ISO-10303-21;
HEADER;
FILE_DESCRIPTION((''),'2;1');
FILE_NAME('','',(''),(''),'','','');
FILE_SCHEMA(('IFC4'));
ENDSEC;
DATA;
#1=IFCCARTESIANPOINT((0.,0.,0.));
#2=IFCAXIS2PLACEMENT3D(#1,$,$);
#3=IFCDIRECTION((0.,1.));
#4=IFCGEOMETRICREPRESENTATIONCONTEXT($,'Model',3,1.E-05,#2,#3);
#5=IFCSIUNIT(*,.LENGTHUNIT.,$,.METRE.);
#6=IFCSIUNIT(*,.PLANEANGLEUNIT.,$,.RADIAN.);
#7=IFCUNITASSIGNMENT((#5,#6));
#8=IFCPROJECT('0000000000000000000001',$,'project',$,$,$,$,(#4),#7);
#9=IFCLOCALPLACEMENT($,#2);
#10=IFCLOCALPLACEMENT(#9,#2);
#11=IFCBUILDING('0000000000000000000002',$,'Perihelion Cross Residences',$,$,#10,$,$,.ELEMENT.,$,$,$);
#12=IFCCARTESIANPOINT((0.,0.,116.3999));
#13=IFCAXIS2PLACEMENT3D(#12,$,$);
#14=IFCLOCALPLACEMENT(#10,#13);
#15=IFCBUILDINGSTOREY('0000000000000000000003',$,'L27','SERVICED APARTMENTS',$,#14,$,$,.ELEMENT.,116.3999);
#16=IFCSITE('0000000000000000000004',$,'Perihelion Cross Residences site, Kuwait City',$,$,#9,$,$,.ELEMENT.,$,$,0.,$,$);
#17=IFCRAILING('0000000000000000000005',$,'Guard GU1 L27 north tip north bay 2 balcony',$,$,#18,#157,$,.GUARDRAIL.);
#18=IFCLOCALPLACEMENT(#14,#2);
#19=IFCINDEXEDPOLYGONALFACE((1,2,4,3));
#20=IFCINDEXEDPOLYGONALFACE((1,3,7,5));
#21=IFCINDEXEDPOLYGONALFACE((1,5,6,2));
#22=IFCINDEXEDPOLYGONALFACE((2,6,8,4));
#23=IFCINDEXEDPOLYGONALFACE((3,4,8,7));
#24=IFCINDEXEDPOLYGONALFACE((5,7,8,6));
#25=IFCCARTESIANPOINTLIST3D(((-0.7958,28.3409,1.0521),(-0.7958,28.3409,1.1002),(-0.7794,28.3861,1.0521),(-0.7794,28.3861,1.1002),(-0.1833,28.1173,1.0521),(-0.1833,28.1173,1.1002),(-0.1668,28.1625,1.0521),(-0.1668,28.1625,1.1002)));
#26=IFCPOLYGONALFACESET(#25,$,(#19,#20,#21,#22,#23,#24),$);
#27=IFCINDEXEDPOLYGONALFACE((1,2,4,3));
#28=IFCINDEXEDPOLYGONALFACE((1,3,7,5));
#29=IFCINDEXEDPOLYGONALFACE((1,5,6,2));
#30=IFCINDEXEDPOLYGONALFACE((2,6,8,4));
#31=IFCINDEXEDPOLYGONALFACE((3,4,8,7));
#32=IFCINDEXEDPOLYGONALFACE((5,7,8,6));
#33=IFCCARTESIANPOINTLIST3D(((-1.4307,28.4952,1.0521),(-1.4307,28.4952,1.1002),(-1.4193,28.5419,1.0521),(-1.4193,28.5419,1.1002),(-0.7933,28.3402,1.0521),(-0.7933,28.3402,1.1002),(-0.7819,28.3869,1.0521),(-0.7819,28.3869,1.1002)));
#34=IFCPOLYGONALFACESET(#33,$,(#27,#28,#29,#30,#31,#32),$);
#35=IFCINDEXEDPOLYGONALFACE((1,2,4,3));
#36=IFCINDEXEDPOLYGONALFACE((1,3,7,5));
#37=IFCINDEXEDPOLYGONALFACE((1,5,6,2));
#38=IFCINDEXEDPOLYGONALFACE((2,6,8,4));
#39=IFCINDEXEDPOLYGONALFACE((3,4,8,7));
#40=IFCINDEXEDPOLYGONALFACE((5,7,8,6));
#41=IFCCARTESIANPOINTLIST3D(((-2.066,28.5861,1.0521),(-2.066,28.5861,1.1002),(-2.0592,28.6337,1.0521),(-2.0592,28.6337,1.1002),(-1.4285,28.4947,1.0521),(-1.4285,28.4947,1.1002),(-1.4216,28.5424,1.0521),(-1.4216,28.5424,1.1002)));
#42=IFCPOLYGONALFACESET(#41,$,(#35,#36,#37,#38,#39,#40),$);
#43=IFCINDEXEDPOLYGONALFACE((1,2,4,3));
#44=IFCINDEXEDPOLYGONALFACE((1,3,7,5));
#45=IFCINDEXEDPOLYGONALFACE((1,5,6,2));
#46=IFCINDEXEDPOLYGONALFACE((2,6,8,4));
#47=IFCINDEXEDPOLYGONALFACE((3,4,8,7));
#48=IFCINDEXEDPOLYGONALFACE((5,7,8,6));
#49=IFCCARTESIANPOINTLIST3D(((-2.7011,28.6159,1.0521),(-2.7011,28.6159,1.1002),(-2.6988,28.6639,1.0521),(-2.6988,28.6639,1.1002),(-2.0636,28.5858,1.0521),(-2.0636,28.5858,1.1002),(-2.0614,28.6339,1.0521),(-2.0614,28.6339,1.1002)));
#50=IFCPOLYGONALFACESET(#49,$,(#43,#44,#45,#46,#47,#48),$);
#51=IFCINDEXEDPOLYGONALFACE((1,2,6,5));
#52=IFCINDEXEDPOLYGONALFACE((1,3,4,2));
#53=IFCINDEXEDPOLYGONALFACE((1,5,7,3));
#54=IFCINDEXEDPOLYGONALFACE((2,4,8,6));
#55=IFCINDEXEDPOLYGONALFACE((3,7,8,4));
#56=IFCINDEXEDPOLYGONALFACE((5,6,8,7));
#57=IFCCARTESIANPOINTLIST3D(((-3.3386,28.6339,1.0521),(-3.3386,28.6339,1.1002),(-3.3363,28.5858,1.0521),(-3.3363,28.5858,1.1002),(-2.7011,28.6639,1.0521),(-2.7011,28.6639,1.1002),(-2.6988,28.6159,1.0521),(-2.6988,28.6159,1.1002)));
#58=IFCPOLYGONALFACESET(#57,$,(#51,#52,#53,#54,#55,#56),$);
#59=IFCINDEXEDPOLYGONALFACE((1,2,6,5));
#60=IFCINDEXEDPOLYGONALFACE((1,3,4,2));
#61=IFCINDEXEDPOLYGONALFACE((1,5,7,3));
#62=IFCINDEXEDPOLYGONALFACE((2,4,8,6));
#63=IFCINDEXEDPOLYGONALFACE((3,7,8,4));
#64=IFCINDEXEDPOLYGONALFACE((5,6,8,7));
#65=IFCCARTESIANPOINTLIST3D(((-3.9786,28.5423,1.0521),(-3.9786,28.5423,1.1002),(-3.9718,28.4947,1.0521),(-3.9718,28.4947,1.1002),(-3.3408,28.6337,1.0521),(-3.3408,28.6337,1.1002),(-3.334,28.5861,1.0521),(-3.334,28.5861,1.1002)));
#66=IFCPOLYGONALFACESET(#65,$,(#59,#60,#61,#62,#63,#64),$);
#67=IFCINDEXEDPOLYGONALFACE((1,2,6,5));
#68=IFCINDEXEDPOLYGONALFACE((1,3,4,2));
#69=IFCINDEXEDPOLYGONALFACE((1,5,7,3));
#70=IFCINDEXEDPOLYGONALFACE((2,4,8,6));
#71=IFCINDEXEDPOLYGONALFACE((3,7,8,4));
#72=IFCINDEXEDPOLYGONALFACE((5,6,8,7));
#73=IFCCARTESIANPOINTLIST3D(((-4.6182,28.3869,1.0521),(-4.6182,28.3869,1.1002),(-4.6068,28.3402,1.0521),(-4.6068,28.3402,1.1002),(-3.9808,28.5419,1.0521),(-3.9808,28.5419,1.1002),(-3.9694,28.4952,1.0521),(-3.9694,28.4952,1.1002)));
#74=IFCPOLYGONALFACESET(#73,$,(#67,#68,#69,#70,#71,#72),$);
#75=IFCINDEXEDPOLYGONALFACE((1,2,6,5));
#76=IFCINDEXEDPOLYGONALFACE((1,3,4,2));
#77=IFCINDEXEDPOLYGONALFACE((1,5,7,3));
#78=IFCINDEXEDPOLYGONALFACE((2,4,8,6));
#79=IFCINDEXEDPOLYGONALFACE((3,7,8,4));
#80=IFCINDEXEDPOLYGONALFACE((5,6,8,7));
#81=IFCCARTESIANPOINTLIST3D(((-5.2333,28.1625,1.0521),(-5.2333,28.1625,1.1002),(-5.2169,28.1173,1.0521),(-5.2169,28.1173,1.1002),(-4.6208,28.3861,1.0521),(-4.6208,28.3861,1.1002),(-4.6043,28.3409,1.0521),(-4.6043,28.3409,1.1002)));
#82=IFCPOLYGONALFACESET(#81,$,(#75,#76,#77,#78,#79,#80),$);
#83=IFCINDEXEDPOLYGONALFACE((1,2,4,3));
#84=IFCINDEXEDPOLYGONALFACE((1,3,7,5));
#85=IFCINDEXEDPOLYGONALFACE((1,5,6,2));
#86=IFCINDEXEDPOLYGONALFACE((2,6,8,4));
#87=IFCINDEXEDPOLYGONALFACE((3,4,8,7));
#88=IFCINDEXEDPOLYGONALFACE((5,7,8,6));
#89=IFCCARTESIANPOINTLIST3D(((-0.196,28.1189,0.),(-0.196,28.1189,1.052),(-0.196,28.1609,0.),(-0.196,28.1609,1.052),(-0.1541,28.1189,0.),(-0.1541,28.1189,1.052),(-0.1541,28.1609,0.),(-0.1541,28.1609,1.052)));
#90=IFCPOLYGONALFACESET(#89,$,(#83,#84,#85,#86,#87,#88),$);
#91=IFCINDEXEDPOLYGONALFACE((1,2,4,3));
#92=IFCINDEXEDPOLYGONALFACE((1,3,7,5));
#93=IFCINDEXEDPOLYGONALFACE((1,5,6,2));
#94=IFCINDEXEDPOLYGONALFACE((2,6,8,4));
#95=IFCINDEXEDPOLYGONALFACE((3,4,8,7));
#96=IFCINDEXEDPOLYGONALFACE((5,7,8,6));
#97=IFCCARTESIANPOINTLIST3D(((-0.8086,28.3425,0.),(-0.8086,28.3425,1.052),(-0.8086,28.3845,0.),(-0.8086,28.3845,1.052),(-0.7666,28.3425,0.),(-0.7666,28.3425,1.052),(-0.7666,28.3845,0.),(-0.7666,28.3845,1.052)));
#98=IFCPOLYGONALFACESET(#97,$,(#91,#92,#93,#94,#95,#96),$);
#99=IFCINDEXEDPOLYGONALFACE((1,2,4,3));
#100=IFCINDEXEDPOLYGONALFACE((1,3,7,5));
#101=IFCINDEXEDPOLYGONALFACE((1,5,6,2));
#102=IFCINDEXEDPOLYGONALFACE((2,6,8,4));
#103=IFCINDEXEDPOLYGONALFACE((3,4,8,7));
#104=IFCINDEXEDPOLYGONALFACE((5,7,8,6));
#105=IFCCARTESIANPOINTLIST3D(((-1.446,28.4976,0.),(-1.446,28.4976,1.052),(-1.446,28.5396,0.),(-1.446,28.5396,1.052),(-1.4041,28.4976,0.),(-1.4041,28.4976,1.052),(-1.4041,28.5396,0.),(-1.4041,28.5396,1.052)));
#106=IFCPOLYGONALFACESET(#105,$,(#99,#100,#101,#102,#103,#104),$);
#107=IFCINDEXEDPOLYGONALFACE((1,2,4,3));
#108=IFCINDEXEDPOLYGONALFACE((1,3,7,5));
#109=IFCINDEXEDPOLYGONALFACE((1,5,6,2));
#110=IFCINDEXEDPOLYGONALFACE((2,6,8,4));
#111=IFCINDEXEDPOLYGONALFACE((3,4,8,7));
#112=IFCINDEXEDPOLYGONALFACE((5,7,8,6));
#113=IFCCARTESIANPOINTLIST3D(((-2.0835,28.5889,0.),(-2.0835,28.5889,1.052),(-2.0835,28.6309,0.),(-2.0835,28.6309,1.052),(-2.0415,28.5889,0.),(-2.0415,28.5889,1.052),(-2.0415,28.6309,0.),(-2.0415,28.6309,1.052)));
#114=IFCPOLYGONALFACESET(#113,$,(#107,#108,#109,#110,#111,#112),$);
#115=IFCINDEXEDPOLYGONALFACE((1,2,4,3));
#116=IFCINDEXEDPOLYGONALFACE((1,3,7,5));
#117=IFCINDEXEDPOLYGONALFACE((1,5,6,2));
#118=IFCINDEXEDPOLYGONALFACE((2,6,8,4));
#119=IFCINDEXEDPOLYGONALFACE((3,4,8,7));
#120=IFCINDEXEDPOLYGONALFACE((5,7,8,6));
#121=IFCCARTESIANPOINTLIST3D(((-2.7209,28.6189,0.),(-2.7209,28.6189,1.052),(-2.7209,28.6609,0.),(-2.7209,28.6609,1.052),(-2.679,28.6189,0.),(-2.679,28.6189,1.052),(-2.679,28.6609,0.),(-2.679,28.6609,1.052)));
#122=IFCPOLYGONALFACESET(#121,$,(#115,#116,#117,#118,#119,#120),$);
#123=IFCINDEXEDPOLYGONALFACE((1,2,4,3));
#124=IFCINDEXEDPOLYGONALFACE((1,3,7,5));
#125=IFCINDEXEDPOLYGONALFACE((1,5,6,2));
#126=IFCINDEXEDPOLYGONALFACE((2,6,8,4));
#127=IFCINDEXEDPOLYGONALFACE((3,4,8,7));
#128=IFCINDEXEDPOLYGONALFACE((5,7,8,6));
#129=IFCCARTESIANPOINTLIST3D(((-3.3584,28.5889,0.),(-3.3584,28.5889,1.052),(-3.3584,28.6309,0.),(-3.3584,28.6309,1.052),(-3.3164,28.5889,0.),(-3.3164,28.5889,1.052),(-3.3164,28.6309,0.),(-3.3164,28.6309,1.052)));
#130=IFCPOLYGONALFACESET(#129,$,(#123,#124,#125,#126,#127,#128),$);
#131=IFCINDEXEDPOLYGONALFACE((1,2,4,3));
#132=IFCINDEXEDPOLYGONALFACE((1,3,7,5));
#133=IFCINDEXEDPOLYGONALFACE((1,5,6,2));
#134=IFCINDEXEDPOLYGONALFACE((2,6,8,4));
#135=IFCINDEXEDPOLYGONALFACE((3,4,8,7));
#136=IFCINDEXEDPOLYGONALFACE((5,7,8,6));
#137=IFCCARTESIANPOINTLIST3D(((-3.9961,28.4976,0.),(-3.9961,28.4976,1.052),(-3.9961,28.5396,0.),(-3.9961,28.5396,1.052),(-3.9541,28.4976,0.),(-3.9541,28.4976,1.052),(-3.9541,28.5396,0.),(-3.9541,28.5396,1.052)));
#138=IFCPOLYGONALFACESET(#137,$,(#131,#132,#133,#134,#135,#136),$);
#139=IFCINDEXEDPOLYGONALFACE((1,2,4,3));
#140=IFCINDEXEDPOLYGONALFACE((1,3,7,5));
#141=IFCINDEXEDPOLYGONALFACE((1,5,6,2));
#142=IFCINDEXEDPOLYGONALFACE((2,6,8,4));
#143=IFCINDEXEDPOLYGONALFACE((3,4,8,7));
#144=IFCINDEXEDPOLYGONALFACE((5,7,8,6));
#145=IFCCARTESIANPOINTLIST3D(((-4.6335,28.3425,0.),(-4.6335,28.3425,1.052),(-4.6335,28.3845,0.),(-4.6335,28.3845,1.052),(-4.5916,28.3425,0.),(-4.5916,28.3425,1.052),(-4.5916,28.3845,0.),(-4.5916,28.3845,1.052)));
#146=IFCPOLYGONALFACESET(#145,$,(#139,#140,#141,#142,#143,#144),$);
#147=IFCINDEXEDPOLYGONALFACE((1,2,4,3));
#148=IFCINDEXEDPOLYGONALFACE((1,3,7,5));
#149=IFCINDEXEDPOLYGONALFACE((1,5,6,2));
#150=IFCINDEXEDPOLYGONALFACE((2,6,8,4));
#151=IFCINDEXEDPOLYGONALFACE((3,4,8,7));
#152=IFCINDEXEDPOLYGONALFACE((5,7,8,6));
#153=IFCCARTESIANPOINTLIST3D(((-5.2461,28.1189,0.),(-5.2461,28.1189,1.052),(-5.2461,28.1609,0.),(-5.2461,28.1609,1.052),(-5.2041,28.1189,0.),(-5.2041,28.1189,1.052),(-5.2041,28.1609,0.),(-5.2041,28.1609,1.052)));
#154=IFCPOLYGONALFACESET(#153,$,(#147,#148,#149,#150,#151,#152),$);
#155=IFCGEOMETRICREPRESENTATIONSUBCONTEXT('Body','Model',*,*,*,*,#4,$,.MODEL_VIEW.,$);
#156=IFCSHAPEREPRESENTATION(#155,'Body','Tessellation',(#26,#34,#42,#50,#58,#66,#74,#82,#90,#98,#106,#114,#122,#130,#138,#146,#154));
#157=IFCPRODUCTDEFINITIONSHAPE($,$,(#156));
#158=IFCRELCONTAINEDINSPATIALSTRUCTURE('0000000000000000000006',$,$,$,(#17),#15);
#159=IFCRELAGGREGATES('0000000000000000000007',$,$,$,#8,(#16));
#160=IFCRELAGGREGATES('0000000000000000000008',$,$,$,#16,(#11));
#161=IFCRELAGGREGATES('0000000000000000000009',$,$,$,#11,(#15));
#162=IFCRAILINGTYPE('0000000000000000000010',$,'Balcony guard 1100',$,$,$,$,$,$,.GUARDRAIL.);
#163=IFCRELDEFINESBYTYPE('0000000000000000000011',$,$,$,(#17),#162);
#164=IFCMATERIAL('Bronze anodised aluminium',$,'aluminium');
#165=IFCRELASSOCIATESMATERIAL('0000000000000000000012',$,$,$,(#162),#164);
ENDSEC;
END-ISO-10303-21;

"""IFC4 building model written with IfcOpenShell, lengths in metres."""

from ifc_helpers import new_model, si_unit, direction, frame, origin, origin_2d, place, context, subcontext, project, spatial, rectangle, extrude, material, type_object, element, save


model = new_model("IFC4")

# Units and contexts
model_context = context("Model", 3, precision=1e-05, world=origin(), true_north=direction((0.0, 1.0)))
body_context = subcontext(model_context, "Body", "Model", "MODEL_VIEW")
ifc_project = project(units=[si_unit("LENGTHUNIT", "METRE"), si_unit("PLANEANGLEUNIT", "RADIAN")], contexts=[model_context])

# Site, building, storey
site_placement = place(None, origin())
site = spatial("IfcSite", under=ifc_project, at=site_placement, Name="Perihelion Cross Residences site, Kuwait City", CompositionType="ELEMENT", RefElevation=0.0)
building_placement = place(site_placement, origin())
building = spatial("IfcBuilding", under=site, at=building_placement, Name="Perihelion Cross Residences", CompositionType="ELEMENT")
storey_placement = place(building_placement, frame((0.0, 0.0, 116.3999)))
storey = spatial("IfcBuildingStorey", under=building, at=storey_placement, Name="L27", Description="SERVICED APARTMENTS", CompositionType="ELEMENT", Elevation=116.3999)

# Railing
ifc_material_1 = material(Name="Bronze anodised aluminium", Category="aluminium")
railing_type = type_object("IfcRailingType", Name="Balcony guard 1100", PredefinedType="GUARDRAIL", material=ifc_material_1)
railing_placement = place(storey_placement, frame((-0.175, 28.1399, 0.0)))
element("IfcRailing", 1, at=railing_placement, inside=storey, type_object=railing_type, Name="Guard GU1 L27 north tip north bay 2 balcony", PredefinedType="GUARDRAIL", context=body_context, shape_type="SweptSolid", body=[
    extrude(rectangle(XDim=0.0481, YDim=0.0481, at=origin_2d()), frame((0.0, 0.0, 1.0762), z_axis=(-0.939355, 0.342945, 0.0), x_axis=(-0.342945, -0.939355, 0.0)), (0.0, 0.0, 1.0), 0.6521),
    extrude(rectangle(XDim=0.0481, YDim=0.0481, at=origin_2d()), frame((-0.6125, 0.2236, 1.0762), z_axis=(-0.971677, 0.236314, 0.0), x_axis=(-0.236314, -0.971677, 0.0)), (0.0, 0.0, 1.0), 0.656),
    extrude(rectangle(XDim=0.0481, YDim=0.0481, at=origin_2d()), frame((-1.25, 0.3787, 1.0762), z_axis=(-0.989896, 0.141793, 0.0), x_axis=(-0.141793, -0.989896, 0.0)), (0.0, 0.0, 1.0), 0.644),
    extrude(rectangle(XDim=0.0481, YDim=0.0481, at=origin_2d()), frame((-1.8875, 0.47, 1.0762), z_axis=(-0.998892, 0.047056, 0.0), x_axis=(-0.047056, -0.998892, 0.0)), (0.0, 0.0, 1.0), 0.6382),
    extrude(rectangle(XDim=0.0481, YDim=0.0481, at=origin_2d()), frame((-2.5249, 0.5, 1.0762), z_axis=(-0.998892, -0.047056, 0.0), x_axis=(0.047056, -0.998892, 0.0)), (0.0, 0.0, 1.0), 0.6382),
    extrude(rectangle(XDim=0.0481, YDim=0.0481, at=origin_2d()), frame((-3.1624, 0.47, 1.0762), z_axis=(-0.989904, -0.14174, 0.0), x_axis=(0.14174, -0.989904, 0.0)), (0.0, 0.0, 1.0), 0.6443),
    extrude(rectangle(XDim=0.0481, YDim=0.0481, at=origin_2d()), frame((-3.8, 0.3787, 1.0762), z_axis=(-0.971677, -0.236314, 0.0), x_axis=(0.236314, -0.971677, 0.0)), (0.0, 0.0, 1.0), 0.656),
    extrude(rectangle(XDim=0.0481, YDim=0.0481, at=origin_2d()), frame((-4.4375, 0.2236, 1.0762), z_axis=(-0.939355, -0.342945, 0.0), x_axis=(0.342945, -0.939355, 0.0)), (0.0, 0.0, 1.0), 0.6521),
    extrude(rectangle(XDim=0.042, YDim=0.042, at=origin_2d()), origin(), (0.0, 0.0, 1.0), 1.052),
    extrude(rectangle(XDim=0.042, YDim=0.042, at=origin_2d()), frame((-0.6125, 0.2236, 0.0)), (0.0, 0.0, 1.0), 1.052),
    extrude(rectangle(XDim=0.042, YDim=0.042, at=origin_2d()), frame((-1.25, 0.3787, 0.0)), (0.0, 0.0, 1.0), 1.052),
    extrude(rectangle(XDim=0.042, YDim=0.042, at=origin_2d()), frame((-1.8875, 0.47, 0.0)), (0.0, 0.0, 1.0), 1.052),
    extrude(rectangle(XDim=0.042, YDim=0.042, at=origin_2d()), frame((-2.5249, 0.5, 0.0)), (0.0, 0.0, 1.0), 1.052),
    extrude(rectangle(XDim=0.042, YDim=0.042, at=origin_2d()), frame((-3.1624, 0.47, 0.0)), (0.0, 0.0, 1.0), 1.052),
    extrude(rectangle(XDim=0.042, YDim=0.042, at=origin_2d()), frame((-3.8, 0.3787, 0.0)), (0.0, 0.0, 1.0), 1.052),
    extrude(rectangle(XDim=0.042, YDim=0.042, at=origin_2d()), frame((-4.4375, 0.2236, 0.0)), (0.0, 0.0, 1.0), 1.052),
    extrude(rectangle(XDim=0.042, YDim=0.042, at=origin_2d()), frame((-5.05, 0.0, 0.0)), (0.0, 0.0, 1.0), 1.052),
])

save(model, "model.ifc")
